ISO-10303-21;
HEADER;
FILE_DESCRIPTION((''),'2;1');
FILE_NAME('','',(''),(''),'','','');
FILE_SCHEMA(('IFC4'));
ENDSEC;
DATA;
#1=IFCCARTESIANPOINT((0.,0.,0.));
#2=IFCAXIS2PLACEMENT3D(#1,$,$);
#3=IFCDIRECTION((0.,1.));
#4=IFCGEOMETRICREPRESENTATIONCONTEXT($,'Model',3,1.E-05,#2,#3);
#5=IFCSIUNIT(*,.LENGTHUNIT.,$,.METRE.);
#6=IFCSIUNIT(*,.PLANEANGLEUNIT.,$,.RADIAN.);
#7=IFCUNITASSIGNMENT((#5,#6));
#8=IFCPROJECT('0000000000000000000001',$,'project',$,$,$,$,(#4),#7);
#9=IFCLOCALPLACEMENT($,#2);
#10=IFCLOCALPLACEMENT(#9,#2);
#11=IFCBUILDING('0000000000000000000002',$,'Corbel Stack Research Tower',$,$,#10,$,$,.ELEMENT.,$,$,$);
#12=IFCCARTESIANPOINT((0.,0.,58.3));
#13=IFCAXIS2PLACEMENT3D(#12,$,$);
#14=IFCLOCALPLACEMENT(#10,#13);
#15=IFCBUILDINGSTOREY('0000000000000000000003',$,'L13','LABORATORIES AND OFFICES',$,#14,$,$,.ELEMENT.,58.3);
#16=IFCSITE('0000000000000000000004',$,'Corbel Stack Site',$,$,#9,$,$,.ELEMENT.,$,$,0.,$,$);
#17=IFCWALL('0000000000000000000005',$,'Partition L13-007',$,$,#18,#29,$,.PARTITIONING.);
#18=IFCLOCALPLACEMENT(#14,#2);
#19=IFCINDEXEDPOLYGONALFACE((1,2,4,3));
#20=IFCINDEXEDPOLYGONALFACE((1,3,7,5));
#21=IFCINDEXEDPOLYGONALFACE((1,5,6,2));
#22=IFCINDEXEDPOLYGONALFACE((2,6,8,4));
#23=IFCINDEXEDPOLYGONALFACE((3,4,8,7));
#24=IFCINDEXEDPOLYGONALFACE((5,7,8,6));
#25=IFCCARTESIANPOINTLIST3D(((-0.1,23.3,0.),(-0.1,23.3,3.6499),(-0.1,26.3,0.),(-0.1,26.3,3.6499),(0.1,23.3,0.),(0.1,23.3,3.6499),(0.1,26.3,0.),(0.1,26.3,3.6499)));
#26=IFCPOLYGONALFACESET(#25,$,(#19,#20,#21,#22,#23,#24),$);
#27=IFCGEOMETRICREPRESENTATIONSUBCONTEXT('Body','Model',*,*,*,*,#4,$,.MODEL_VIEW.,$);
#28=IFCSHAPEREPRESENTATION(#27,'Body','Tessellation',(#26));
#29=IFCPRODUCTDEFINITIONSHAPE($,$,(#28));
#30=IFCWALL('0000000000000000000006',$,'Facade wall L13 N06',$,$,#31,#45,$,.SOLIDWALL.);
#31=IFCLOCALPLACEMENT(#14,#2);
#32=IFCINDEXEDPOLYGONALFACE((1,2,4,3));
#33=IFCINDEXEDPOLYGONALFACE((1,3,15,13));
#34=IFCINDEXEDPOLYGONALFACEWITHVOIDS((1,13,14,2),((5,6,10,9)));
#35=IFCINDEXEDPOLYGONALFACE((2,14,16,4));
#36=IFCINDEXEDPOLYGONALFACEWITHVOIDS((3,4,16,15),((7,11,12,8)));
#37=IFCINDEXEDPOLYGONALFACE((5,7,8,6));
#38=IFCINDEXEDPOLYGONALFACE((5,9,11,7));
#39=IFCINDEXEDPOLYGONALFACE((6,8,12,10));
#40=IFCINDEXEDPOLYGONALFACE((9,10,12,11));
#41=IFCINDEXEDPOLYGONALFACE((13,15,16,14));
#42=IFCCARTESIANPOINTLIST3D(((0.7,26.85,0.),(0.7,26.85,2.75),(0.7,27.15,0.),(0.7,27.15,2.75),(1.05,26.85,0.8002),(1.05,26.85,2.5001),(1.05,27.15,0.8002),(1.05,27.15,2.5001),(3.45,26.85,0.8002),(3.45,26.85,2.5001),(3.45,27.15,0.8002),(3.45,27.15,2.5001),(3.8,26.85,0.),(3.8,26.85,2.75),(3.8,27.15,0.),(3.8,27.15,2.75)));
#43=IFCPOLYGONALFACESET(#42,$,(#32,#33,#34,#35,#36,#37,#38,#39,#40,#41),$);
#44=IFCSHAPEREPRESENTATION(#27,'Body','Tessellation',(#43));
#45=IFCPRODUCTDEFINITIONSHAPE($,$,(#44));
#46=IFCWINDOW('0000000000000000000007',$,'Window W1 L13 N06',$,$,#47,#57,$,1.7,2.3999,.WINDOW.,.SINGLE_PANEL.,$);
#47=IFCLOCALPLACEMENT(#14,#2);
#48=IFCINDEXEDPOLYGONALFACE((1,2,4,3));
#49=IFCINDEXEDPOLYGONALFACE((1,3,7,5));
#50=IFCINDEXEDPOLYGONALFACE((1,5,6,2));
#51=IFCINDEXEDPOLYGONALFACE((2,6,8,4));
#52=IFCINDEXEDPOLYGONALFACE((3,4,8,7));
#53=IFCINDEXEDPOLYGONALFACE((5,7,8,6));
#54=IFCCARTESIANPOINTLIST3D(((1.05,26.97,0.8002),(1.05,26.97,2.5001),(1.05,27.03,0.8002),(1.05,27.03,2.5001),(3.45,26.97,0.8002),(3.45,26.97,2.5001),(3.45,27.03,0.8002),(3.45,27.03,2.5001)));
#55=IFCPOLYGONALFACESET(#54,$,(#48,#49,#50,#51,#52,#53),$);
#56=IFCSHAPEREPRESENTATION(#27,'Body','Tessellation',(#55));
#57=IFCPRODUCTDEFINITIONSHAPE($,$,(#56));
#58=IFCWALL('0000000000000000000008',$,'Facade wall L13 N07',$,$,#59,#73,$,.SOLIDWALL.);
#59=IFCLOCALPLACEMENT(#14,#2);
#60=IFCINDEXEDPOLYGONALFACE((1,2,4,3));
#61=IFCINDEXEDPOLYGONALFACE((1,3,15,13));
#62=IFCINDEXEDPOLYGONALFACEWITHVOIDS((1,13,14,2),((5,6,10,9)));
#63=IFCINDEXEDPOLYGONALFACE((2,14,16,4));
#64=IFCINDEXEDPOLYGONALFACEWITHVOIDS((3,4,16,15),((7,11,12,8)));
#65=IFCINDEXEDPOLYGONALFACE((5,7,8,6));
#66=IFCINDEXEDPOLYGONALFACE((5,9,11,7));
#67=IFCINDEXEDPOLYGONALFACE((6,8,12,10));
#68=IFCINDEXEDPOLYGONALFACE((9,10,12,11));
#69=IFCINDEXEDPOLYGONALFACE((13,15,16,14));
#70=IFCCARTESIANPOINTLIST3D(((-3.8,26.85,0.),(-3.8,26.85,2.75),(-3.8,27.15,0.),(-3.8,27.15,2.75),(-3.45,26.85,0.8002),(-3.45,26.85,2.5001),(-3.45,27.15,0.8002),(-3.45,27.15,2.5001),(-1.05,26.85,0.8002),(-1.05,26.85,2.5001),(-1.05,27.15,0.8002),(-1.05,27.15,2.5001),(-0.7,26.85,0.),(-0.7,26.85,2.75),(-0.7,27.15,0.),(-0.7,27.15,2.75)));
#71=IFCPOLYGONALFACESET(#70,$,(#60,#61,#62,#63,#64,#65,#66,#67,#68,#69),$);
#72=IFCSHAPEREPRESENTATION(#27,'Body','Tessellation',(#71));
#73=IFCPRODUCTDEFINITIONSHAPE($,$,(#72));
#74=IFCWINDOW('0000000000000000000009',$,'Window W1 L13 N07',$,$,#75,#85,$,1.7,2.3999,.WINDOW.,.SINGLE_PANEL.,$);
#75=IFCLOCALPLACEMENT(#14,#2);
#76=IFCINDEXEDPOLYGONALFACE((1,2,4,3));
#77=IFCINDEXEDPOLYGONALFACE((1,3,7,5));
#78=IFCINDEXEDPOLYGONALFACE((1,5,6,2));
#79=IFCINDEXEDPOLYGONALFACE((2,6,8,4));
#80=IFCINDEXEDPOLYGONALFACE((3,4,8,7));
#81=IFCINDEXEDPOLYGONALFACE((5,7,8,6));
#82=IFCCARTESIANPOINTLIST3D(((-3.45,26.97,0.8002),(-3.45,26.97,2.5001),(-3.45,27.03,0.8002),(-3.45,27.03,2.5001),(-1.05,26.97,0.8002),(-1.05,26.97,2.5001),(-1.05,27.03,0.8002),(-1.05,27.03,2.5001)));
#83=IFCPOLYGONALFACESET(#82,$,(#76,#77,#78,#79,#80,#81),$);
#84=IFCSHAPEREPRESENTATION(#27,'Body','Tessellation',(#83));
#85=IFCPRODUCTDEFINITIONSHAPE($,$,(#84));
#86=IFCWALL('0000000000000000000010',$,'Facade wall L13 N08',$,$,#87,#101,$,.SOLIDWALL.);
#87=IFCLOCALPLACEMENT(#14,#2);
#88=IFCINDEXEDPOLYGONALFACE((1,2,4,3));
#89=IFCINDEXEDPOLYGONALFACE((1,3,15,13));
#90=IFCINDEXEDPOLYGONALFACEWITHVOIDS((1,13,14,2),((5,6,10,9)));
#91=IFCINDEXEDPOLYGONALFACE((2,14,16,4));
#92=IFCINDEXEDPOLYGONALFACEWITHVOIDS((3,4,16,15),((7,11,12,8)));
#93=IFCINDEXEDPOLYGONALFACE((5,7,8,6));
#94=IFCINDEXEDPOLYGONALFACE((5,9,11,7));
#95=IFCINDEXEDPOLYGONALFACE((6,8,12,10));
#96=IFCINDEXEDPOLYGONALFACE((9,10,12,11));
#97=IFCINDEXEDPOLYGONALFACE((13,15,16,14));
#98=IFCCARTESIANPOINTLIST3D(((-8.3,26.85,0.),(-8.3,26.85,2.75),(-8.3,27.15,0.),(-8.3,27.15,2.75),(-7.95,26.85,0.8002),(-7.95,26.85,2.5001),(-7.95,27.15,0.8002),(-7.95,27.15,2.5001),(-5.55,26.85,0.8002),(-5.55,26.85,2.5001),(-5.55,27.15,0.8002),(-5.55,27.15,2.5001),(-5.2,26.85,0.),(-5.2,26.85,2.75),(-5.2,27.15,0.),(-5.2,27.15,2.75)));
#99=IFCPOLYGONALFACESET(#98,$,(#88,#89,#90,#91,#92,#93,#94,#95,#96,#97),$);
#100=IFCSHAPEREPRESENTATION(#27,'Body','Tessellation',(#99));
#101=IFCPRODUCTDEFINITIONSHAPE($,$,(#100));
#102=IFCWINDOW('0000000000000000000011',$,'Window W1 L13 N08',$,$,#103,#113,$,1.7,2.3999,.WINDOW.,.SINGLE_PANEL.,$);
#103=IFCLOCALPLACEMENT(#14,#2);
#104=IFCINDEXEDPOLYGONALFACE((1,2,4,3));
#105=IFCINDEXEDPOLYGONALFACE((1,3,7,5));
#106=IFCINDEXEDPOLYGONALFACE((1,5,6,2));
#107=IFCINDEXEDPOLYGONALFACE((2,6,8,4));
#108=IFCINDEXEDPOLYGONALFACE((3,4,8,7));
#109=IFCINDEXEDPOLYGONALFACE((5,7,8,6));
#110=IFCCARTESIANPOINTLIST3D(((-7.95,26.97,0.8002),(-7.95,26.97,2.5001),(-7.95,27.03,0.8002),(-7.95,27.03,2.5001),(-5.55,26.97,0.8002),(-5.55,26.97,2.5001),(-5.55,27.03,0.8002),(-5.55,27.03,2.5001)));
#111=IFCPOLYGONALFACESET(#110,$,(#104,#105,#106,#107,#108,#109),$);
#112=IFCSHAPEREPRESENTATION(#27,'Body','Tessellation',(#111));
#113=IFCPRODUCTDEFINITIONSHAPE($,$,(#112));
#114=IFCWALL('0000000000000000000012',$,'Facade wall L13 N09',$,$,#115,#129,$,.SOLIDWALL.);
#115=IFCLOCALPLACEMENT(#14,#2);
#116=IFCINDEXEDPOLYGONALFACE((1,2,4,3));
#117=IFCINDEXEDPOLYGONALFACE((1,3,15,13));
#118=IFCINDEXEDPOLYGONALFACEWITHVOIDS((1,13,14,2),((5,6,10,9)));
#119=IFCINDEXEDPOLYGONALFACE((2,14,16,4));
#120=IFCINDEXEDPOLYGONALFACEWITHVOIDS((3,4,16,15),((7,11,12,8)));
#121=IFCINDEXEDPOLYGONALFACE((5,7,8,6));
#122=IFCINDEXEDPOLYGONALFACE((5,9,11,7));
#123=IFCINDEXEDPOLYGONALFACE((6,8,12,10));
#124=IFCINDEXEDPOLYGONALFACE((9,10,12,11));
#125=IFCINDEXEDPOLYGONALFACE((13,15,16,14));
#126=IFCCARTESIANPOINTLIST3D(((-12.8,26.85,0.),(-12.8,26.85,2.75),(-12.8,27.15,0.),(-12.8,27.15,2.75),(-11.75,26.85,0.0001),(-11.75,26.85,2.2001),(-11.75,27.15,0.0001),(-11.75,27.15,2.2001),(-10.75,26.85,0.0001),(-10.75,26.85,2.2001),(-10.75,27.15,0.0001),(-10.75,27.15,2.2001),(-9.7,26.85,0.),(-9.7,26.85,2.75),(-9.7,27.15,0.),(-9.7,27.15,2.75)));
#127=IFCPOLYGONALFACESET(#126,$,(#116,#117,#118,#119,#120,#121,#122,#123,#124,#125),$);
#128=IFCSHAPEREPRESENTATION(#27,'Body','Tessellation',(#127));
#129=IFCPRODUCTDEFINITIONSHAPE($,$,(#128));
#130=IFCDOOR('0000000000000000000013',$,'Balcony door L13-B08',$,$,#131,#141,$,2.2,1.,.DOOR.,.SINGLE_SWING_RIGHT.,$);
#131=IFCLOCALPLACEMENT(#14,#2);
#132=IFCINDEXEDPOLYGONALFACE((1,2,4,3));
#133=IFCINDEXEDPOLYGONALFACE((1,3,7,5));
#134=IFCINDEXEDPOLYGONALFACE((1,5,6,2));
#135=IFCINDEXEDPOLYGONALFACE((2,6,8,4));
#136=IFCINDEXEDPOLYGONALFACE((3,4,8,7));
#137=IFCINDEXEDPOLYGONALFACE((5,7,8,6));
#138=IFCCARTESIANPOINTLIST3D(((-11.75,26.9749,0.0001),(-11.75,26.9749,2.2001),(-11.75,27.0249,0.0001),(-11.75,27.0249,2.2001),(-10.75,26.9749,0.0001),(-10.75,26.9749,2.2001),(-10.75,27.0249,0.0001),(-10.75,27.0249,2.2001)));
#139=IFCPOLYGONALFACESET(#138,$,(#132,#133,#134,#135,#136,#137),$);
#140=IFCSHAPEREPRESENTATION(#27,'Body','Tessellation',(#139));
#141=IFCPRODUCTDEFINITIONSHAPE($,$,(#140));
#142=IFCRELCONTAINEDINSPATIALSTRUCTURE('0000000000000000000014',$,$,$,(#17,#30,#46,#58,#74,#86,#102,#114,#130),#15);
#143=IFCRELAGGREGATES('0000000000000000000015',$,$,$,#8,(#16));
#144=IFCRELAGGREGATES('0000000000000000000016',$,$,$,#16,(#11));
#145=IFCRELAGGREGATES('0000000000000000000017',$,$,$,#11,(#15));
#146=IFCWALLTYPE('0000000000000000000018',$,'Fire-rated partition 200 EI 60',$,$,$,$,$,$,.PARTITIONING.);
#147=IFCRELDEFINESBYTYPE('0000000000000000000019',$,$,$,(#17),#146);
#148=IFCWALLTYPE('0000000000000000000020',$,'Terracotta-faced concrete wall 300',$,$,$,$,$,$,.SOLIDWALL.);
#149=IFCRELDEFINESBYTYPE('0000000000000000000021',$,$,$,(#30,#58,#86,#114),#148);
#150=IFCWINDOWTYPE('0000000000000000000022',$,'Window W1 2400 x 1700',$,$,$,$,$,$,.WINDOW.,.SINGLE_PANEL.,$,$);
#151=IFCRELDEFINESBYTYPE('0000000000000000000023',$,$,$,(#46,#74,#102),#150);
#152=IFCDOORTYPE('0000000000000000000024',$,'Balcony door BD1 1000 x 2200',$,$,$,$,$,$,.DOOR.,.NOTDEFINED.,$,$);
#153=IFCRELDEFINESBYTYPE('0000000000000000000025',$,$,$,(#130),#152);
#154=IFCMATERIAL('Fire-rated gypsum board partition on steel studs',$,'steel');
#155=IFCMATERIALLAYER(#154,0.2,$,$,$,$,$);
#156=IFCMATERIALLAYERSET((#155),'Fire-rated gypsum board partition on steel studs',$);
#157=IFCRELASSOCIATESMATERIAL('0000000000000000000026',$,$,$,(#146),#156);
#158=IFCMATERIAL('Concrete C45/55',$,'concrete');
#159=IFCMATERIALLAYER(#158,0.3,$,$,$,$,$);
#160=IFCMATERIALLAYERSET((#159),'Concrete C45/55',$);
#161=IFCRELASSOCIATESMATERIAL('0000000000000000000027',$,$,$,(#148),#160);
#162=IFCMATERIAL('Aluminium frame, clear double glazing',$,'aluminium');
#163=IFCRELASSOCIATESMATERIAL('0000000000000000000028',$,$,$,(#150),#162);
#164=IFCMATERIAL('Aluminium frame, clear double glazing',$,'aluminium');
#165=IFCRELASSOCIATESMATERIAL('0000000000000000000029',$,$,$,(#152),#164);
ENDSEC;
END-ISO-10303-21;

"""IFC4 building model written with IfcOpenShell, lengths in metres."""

from ifc_helpers import new_model, si_unit, direction, frame, frame_2d, origin, place, context, subcontext, project, spatial, rectangle, extrude, material, layer, layer_set, type_object, element, fill, save


model = new_model("IFC4")

# Units and contexts
model_context = context("Model", 3, precision=1e-05, world=origin(), true_north=direction((0.0, 1.0)))
body_context = subcontext(model_context, "Body", "Model", "MODEL_VIEW")
ifc_project = project(units=[si_unit("LENGTHUNIT", "METRE"), si_unit("PLANEANGLEUNIT", "RADIAN")], contexts=[model_context])

# Site, building, storey
site_placement = place(None, origin())
site = spatial("IfcSite", under=ifc_project, at=site_placement, Name="Corbel Stack Site", CompositionType="ELEMENT", RefElevation=0.0)
building_placement = place(site_placement, origin())
building = spatial("IfcBuilding", under=site, at=building_placement, Name="Corbel Stack Research Tower", CompositionType="ELEMENT")
storey_placement = place(building_placement, frame((0.0, 0.0, 58.3)))
storey = spatial("IfcBuildingStorey", under=building, at=storey_placement, Name="L13", Description="LABORATORIES AND OFFICES", CompositionType="ELEMENT", Elevation=58.3)

# Wall
ifc_material_1 = material(Name="Fire-rated gypsum board partition on steel studs", Category="steel")
ifc_layer_1 = layer(ifc_material_1, 0.2)
ifc_layer_set_1 = layer_set([ifc_layer_1], Name="Fire-rated gypsum board partition on steel studs")
wall_type_1 = type_object("IfcWallType", Name="Fire-rated partition 200 EI 60", PredefinedType="PARTITIONING", material=ifc_layer_set_1)
for number, where, z_axis, x_axis, name in (
    (1, (0.0, 23.3, 0.0), (0.0, 0.0, 1.0), (0.0, 1.0, 0.0), "Partition L13-007"),
):
    element("IfcWall", number, at=place(storey_placement, frame(where, z_axis=z_axis, x_axis=x_axis)), inside=storey, type_object=wall_type_1, Name=name, PredefinedType="PARTITIONING", context=body_context, shape_type="SweptSolid", body=[
        extrude(rectangle(XDim=3.0, YDim=0.2, at=frame_2d((1.5, 0.0))), origin(), (0.0, 0.0, 1.0), 3.6499),
    ])

# Walls, openings, windows
ifc_material_2 = material(Name="Concrete C45/55", Category="concrete")
ifc_layer_2 = layer(ifc_material_2, 0.3)
ifc_layer_set_2 = layer_set([ifc_layer_2], Name="Concrete C45/55")
wall_type_2 = type_object("IfcWallType", Name="Terracotta-faced concrete wall 300", PredefinedType="SOLIDWALL", material=ifc_layer_set_2)
wall_1_placement = place(storey_placement, frame((0.7, 27.0, 0.0), z_axis=(0.0, 0.0, 1.0), x_axis=(1.0, 0.0, 0.0)))
wall_1 = element("IfcWall", 2, at=wall_1_placement, inside=storey, type_object=wall_type_2, Name="Facade wall L13 N06", PredefinedType="SOLIDWALL", context=body_context, shape_type="SweptSolid", body=[
    extrude(rectangle(XDim=3.1001, YDim=0.3, at=frame_2d((1.55, 0.0))), origin(), (0.0, 0.0, 1.0), 2.75),
])
opening_1_placement = place(wall_1_placement, frame((0.3501, 0.0, 0.8)))
opening_1 = element("IfcOpeningElement", 3, at=opening_1_placement, cuts=wall_1, PredefinedType="OPENING", context=body_context, shape_type="SweptSolid", body=[
    extrude(rectangle(XDim=2.3999, YDim=1.7, at=frame_2d((1.2, 0.8501))), frame((0.0, 0.1599, 0.0), z_axis=(0.0, -1.0, 0.0), x_axis=(1.0, 0.0, 0.0)), (0.0, 0.0, 1.0), 0.3201),
])
ifc_material_3 = material(Name="Aluminium frame, clear double glazing", Category="aluminium")
window_type = type_object("IfcWindowType", Name="Window W1 2400 x 1700", PartitioningType="SINGLE_PANEL", PredefinedType="WINDOW", material=ifc_material_3)
window_1_placement = place(opening_1_placement, origin())
window_1 = element("IfcWindow", 4, at=window_1_placement, inside=storey, type_object=window_type, Name="Window W1 L13 N06", OverallHeight=1.7, OverallWidth=2.3999, PartitioningType="SINGLE_PANEL", PredefinedType="WINDOW", context=body_context, shape_type="SweptSolid", body=[
    extrude(rectangle(XDim=2.3999, YDim=1.7, at=frame_2d((1.2, 0.8501))), frame((0.0, 0.03, 0.0), z_axis=(0.0, -1.0, 0.0), x_axis=(1.0, 0.0, 0.0)), (0.0, 0.0, 1.0), 0.0601),
])
fill(opening_1, window_1)
wall_2_placement = place(storey_placement, frame((-3.8, 27.0, 0.0), z_axis=(0.0, 0.0, 1.0), x_axis=(1.0, 0.0, 0.0)))
wall_2 = element("IfcWall", 5, at=wall_2_placement, inside=storey, type_object=wall_type_2, Name="Facade wall L13 N07", PredefinedType="SOLIDWALL", context=body_context, shape_type="SweptSolid", body=[
    extrude(rectangle(XDim=3.1001, YDim=0.3, at=frame_2d((1.55, 0.0))), origin(), (0.0, 0.0, 1.0), 2.75),
])
opening_2_placement = place(wall_2_placement, frame((0.3501, 0.0, 0.8)))
opening_2 = element("IfcOpeningElement", 6, at=opening_2_placement, cuts=wall_2, PredefinedType="OPENING", context=body_context, shape_type="SweptSolid", body=[
    extrude(rectangle(XDim=2.3999, YDim=1.7, at=frame_2d((1.2, 0.8501))), frame((0.0, 0.1599, 0.0), z_axis=(0.0, -1.0, 0.0), x_axis=(1.0, 0.0, 0.0)), (0.0, 0.0, 1.0), 0.3201),
])
window_2_placement = place(opening_2_placement, origin())
window_2 = element("IfcWindow", 7, at=window_2_placement, inside=storey, type_object=window_type, Name="Window W1 L13 N07", OverallHeight=1.7, OverallWidth=2.3999, PartitioningType="SINGLE_PANEL", PredefinedType="WINDOW", context=body_context, shape_type="SweptSolid", body=[
    extrude(rectangle(XDim=2.3999, YDim=1.7, at=frame_2d((1.2, 0.8501))), frame((0.0, 0.03, 0.0), z_axis=(0.0, -1.0, 0.0), x_axis=(1.0, 0.0, 0.0)), (0.0, 0.0, 1.0), 0.0601),
])
fill(opening_2, window_2)
wall_3_placement = place(storey_placement, frame((-8.3, 27.0, 0.0), z_axis=(0.0, 0.0, 1.0), x_axis=(1.0, 0.0, 0.0)))
wall_3 = element("IfcWall", 8, at=wall_3_placement, inside=storey, type_object=wall_type_2, Name="Facade wall L13 N08", PredefinedType="SOLIDWALL", context=body_context, shape_type="SweptSolid", body=[
    extrude(rectangle(XDim=3.1001, YDim=0.3, at=frame_2d((1.55, 0.0))), origin(), (0.0, 0.0, 1.0), 2.75),
])
opening_3_placement = place(wall_3_placement, frame((0.3501, 0.0, 0.8)))
opening_3 = element("IfcOpeningElement", 9, at=opening_3_placement, cuts=wall_3, PredefinedType="OPENING", context=body_context, shape_type="SweptSolid", body=[
    extrude(rectangle(XDim=2.3999, YDim=1.7, at=frame_2d((1.2, 0.8501))), frame((0.0, 0.1599, 0.0), z_axis=(0.0, -1.0, 0.0), x_axis=(1.0, 0.0, 0.0)), (0.0, 0.0, 1.0), 0.3201),
])
window_3_placement = place(opening_3_placement, origin())
window_3 = element("IfcWindow", 10, at=window_3_placement, inside=storey, type_object=window_type, Name="Window W1 L13 N08", OverallHeight=1.7, OverallWidth=2.3999, PartitioningType="SINGLE_PANEL", PredefinedType="WINDOW", context=body_context, shape_type="SweptSolid", body=[
    extrude(rectangle(XDim=2.3999, YDim=1.7, at=frame_2d((1.2, 0.8501))), frame((0.0, 0.03, 0.0), z_axis=(0.0, -1.0, 0.0), x_axis=(1.0, 0.0, 0.0)), (0.0, 0.0, 1.0), 0.0601),
])
fill(opening_3, window_3)

# Wall, opening, door
wall_4_placement = place(storey_placement, frame((-12.8, 27.0, 0.0), z_axis=(0.0, 0.0, 1.0), x_axis=(1.0, 0.0, 0.0)))
wall_4 = element("IfcWall", 11, at=wall_4_placement, inside=storey, type_object=wall_type_2, Name="Facade wall L13 N09", PredefinedType="SOLIDWALL", context=body_context, shape_type="SweptSolid", body=[
    extrude(rectangle(XDim=3.1001, YDim=0.3, at=frame_2d((1.55, 0.0))), origin(), (0.0, 0.0, 1.0), 2.75),
])
opening_4_placement = place(wall_4_placement, frame((1.05, 0.0, 0.0)))
opening_4 = element("IfcOpeningElement", 12, at=opening_4_placement, cuts=wall_4, PredefinedType="OPENING", context=body_context, shape_type="SweptSolid", body=[
    extrude(rectangle(XDim=1.0, YDim=2.2, at=frame_2d((0.5, 1.1001))), frame((0.0, 0.1599, 0.0), z_axis=(0.0, -1.0, 0.0), x_axis=(1.0, 0.0, 0.0)), (0.0, 0.0, 1.0), 0.3201),
])
ifc_material_4 = material(Name="Aluminium frame, clear double glazing", Category="aluminium")
door_type_1 = type_object("IfcDoorType", Name="Balcony door BD1 1000 x 2200", OperationType="NOTDEFINED", PredefinedType="DOOR", material=ifc_material_4)
door_1_placement = place(opening_4_placement, origin())
door_1 = element("IfcDoor", 13, at=door_1_placement, inside=storey, type_object=door_type_1, Name="Balcony door L13-B08", OperationType="SINGLE_SWING_RIGHT", OverallHeight=2.2, OverallWidth=1.0, PredefinedType="DOOR", context=body_context, shape_type="SweptSolid", body=[
    extrude(rectangle(XDim=1.0, YDim=2.2, at=frame_2d((0.5, 1.1001))), frame((0.0, 0.0249, 0.0), z_axis=(0.0, -1.0, 0.0), x_axis=(1.0, 0.0, 0.0)), (0.0, 0.0, 1.0), 0.05),
])
fill(opening_4, door_1)

save(model, "model.ifc")
